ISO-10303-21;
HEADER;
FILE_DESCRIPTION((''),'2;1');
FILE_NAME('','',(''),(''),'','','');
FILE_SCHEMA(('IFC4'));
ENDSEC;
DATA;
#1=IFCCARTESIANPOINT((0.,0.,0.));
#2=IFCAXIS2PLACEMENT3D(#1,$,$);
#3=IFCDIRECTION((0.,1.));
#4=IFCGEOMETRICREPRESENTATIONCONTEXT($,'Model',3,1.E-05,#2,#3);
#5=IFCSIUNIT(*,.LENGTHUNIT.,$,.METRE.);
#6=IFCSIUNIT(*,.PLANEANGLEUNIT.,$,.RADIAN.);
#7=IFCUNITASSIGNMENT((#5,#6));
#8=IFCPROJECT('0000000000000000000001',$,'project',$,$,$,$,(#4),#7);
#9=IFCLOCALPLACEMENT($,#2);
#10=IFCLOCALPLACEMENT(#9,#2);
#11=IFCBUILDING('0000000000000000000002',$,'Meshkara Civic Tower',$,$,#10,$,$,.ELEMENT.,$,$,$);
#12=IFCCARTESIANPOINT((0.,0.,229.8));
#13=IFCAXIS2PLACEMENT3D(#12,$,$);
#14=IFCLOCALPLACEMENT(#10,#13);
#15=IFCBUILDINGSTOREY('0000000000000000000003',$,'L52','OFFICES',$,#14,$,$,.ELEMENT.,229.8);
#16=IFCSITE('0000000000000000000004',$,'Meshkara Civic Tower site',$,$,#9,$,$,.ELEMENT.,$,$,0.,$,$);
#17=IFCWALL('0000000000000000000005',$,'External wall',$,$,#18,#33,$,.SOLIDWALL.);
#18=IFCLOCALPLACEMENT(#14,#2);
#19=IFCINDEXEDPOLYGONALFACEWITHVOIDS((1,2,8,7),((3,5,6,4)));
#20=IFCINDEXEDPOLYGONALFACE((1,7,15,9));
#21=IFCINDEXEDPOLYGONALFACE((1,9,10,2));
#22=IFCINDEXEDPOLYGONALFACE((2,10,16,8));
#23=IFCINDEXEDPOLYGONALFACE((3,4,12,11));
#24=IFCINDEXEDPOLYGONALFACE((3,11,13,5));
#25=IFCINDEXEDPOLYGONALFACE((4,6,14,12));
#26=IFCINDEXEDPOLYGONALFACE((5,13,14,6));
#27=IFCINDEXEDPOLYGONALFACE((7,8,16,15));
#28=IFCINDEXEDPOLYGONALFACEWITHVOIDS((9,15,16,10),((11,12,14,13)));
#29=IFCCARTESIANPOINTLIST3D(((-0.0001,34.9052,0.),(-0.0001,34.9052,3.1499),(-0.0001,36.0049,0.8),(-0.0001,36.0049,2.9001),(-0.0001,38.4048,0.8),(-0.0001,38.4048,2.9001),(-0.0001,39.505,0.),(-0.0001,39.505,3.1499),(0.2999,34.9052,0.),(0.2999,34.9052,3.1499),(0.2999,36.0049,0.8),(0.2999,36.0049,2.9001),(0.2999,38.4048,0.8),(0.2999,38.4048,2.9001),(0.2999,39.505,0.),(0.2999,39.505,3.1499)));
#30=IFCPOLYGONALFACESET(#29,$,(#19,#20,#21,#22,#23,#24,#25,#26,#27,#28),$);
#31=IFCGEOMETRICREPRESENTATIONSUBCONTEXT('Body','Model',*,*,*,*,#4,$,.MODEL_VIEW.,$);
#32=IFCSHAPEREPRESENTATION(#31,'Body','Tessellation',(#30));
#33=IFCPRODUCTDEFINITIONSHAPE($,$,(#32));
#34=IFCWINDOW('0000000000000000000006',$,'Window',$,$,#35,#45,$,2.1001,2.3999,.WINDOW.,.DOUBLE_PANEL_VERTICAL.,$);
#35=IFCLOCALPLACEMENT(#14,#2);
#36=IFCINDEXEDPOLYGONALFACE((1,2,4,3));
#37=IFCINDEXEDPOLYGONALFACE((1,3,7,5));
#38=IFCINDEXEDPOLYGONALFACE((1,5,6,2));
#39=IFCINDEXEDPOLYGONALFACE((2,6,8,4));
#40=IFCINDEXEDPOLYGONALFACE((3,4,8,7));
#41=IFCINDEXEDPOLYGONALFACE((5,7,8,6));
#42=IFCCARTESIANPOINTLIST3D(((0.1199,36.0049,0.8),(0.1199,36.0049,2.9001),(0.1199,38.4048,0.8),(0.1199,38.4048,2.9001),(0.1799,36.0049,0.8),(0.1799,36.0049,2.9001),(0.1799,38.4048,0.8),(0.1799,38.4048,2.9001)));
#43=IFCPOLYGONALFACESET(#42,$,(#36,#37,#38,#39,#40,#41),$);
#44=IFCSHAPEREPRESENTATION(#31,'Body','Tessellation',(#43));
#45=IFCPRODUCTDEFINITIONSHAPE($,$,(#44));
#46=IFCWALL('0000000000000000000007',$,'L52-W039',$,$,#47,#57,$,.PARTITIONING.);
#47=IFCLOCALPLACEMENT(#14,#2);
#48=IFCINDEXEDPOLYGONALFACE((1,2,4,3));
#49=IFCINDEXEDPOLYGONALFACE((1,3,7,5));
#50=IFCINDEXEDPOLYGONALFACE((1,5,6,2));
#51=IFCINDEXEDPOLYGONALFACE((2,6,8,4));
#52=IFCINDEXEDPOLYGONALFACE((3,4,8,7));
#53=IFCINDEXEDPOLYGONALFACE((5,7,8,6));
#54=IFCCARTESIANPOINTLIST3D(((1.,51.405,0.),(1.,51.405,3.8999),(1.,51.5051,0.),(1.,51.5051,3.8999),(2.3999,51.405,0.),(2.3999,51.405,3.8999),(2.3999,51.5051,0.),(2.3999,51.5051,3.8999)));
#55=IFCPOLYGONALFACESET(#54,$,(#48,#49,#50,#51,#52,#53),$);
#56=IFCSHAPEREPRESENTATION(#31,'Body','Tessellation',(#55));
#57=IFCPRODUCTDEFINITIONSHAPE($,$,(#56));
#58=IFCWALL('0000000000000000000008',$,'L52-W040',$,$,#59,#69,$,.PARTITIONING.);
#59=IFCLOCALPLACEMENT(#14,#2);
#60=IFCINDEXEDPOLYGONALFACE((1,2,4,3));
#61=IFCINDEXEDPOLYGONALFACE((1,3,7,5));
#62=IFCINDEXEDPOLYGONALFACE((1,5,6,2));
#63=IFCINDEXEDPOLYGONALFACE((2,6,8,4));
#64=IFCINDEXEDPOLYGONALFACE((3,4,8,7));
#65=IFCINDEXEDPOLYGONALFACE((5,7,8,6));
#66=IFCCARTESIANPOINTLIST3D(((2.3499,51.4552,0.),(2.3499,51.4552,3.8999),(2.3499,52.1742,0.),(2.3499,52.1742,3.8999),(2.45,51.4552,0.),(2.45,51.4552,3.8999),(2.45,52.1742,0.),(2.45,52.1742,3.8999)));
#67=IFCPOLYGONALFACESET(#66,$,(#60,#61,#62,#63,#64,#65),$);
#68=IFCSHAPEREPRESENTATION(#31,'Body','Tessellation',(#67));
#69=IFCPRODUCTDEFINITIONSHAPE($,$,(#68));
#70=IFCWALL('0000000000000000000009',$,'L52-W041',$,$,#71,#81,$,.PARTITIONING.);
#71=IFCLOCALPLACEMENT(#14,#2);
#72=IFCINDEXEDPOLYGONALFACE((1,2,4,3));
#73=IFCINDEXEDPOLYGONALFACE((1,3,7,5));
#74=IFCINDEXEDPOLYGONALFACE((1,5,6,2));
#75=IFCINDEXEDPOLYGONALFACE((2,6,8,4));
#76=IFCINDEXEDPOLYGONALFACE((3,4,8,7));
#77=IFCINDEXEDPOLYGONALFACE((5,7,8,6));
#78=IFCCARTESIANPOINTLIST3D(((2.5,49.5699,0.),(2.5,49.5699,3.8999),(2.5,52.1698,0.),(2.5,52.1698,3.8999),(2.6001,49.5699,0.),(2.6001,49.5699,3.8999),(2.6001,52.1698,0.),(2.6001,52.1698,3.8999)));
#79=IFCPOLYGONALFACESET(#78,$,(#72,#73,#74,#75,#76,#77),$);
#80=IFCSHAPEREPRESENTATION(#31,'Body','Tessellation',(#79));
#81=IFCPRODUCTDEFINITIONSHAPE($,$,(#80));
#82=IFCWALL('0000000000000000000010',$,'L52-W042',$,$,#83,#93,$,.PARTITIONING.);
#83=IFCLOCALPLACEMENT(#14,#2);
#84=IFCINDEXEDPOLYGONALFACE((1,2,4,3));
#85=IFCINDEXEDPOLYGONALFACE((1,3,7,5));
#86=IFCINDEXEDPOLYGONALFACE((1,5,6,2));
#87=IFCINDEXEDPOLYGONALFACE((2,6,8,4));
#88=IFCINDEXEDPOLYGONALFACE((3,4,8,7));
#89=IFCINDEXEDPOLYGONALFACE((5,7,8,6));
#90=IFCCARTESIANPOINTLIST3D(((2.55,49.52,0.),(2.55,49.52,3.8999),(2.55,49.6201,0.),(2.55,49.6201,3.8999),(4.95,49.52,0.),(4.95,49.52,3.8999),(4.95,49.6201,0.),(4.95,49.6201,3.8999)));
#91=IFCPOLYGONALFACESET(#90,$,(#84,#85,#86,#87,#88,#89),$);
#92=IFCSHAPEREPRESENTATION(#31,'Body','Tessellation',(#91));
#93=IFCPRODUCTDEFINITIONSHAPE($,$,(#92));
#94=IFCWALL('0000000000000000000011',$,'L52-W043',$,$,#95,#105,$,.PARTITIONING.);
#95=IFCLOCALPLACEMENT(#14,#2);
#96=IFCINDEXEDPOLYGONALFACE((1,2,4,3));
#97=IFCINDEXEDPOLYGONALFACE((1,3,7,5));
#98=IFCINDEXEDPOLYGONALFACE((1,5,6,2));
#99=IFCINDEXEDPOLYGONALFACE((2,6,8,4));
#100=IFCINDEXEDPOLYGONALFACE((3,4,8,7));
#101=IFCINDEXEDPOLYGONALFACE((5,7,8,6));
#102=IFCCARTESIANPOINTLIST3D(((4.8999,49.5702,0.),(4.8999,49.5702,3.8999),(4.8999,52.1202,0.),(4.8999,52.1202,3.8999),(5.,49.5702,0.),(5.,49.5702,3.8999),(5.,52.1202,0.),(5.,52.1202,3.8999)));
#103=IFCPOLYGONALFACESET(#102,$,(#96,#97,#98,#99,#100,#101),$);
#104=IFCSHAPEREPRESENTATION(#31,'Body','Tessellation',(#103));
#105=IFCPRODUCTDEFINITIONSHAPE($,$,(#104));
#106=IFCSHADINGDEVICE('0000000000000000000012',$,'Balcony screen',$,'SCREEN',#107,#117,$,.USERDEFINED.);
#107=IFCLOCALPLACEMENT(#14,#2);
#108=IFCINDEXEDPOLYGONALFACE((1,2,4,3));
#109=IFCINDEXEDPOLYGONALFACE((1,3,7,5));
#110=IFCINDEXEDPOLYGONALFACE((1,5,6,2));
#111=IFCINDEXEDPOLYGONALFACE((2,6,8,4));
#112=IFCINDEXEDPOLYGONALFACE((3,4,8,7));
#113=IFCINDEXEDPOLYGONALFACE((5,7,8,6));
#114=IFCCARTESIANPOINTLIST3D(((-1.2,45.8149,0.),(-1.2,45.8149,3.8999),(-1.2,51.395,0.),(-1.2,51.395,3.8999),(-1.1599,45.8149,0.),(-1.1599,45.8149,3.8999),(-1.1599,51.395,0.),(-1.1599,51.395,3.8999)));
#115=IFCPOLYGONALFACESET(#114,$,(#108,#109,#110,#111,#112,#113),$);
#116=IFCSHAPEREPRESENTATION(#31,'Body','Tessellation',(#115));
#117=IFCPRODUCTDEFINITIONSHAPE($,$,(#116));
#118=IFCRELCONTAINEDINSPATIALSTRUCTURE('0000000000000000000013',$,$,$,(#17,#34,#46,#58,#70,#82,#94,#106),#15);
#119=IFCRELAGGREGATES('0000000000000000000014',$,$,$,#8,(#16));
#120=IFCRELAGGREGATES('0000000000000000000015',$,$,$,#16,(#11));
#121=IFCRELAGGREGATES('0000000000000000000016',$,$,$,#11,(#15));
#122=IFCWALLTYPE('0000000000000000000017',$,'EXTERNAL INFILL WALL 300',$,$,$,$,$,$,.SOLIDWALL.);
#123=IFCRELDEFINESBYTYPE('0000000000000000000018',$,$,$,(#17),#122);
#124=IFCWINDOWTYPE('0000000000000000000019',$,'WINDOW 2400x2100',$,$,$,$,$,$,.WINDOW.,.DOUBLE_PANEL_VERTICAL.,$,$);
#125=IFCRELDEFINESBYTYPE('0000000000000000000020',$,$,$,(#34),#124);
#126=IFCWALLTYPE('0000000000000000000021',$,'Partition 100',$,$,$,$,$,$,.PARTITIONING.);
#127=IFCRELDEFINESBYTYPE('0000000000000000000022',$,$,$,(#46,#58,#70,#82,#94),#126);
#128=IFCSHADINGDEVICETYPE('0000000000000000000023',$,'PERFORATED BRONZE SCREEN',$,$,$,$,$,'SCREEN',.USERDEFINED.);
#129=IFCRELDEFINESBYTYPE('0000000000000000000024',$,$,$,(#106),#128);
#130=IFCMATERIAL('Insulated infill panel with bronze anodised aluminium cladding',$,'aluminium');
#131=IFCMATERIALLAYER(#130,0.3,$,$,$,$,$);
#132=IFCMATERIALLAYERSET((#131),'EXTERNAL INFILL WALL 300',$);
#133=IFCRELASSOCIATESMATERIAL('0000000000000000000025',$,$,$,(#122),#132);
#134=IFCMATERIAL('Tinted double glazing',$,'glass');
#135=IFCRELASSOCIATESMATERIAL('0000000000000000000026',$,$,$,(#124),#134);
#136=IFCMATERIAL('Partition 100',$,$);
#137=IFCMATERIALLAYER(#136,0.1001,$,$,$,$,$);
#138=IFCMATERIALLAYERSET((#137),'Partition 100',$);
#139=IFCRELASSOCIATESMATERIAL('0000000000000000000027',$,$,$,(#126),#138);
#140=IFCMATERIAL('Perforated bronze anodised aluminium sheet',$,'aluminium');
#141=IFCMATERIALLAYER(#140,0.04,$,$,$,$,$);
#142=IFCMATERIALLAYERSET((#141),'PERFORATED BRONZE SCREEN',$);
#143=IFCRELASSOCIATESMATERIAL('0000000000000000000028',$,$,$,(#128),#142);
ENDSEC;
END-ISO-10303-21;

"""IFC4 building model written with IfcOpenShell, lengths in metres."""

from ifc_helpers import new_model, si_unit, direction, frame, frame_2d, origin, origin_2d, place, context, subcontext, project, spatial, rectangle, extrude, material, layer, layer_set, type_object, element, fill, save


model = new_model("IFC4")

# Units and contexts
model_context = context("Model", 3, precision=1e-05, world=origin(), true_north=direction((0.0, 1.0)))
body_context = subcontext(model_context, "Body", "Model", "MODEL_VIEW")
ifc_project = project(units=[si_unit("LENGTHUNIT", "METRE"), si_unit("PLANEANGLEUNIT", "RADIAN")], contexts=[model_context])

# Site, building, storey
site_placement = place(None, origin())
site = spatial("IfcSite", under=ifc_project, at=site_placement, Name="Meshkara Civic Tower site", CompositionType="ELEMENT", RefElevation=0.0)
building_placement = place(site_placement, origin())
building = spatial("IfcBuilding", under=site, at=building_placement, Name="Meshkara Civic Tower", CompositionType="ELEMENT")
storey_placement = place(building_placement, frame((0.0, 0.0, 229.8)))
storey = spatial("IfcBuildingStorey", under=building, at=storey_placement, Name="L52", Description="OFFICES", CompositionType="ELEMENT", Elevation=229.8)

# Wall, opening, window
ifc_material_1 = material(Name="Insulated infill panel with bronze anodised aluminium cladding", Category="aluminium")
ifc_layer_1 = layer(ifc_material_1, 0.3)
ifc_layer_set_1 = layer_set([ifc_layer_1], Name="EXTERNAL INFILL WALL 300")
wall_type_1 = type_object("IfcWallType", Name="EXTERNAL INFILL WALL 300", PredefinedType="SOLIDWALL", material=ifc_layer_set_1)
ifc_material_2 = material(Name="Tinted double glazing", Category="glass")
window_type = type_object("IfcWindowType", Name="WINDOW 2400x2100", PartitioningType="DOUBLE_PANEL_VERTICAL", PredefinedType="WINDOW", material=ifc_material_2)
wall_1_placement = place(storey_placement, frame((0.1499, 39.5049, 0.0), z_axis=(0.0, 0.0, 1.0), x_axis=(0.0, -1.0, 0.0)))
wall_1 = element("IfcWall", 1, at=wall_1_placement, inside=storey, type_object=wall_type_1, Name="External wall", PredefinedType="SOLIDWALL", context=body_context, shape_type="SweptSolid", body=[
    extrude(rectangle(XDim=4.5999, YDim=0.3, at=frame_2d((2.2998, 0.0))), origin(), (0.0, 0.0, 1.0), 3.1499),
])
opening_1_placement = place(wall_1_placement, frame((1.1001, 0.0, 0.8)))
opening_1 = element("IfcOpeningElement", 2, at=opening_1_placement, cuts=wall_1, PredefinedType="OPENING", context=body_context, shape_type="SweptSolid", body=[
    extrude(rectangle(XDim=2.3999, YDim=2.1001, at=frame_2d((1.2, 1.05))), frame((0.0, 0.1599, 0.0), z_axis=(0.0, -1.0, 0.0), x_axis=(1.0, 0.0, 0.0)), (0.0, 0.0, 1.0), 0.3201),
])
window_1_placement = place(opening_1_placement, origin())
window_1 = element("IfcWindow", 3, at=window_1_placement, inside=storey, type_object=window_type, Name="Window", OverallHeight=2.1001, OverallWidth=2.3999, PartitioningType="DOUBLE_PANEL_VERTICAL", PredefinedType="WINDOW", context=body_context, shape_type="SweptSolid", body=[
    extrude(rectangle(XDim=2.3999, YDim=2.1001, at=frame_2d((1.2, 1.05))), frame((0.0, 0.03, 0.0), z_axis=(0.0, -1.0, 0.0), x_axis=(1.0, 0.0, 0.0)), (0.0, 0.0, 1.0), 0.0601),
])
fill(opening_1, window_1)

# Walls
ifc_material_3 = material(Name="Partition 100")
ifc_layer_2 = layer(ifc_material_3, 0.1001)
ifc_layer_set_2 = layer_set([ifc_layer_2], Name="Partition 100")
wall_type_2 = type_object("IfcWallType", Name="Partition 100", PredefinedType="PARTITIONING", material=ifc_layer_set_2)
wall_2_placement = place(storey_placement, frame((2.3999, 51.4551, 0.0), z_axis=(0.0, 0.0, 1.0), x_axis=(-1.0, 0.0, 0.0)))
element("IfcWall", 4, at=wall_2_placement, inside=storey, type_object=wall_type_2, Name="L52-W039", PredefinedType="PARTITIONING", context=body_context, shape_type="SweptSolid", body=[
    extrude(rectangle(XDim=1.3999, YDim=0.1001, at=frame_2d((0.7, 0.0))), origin(), (0.0, 0.0, 1.0), 3.8999),
])
wall_3_placement = place(storey_placement, frame((2.3999, 52.1741, 0.0), z_axis=(0.0, 0.0, 1.0), x_axis=(0.0, -1.0, 0.0)))
element("IfcWall", 5, at=wall_3_placement, inside=storey, type_object=wall_type_2, Name="L52-W040", PredefinedType="PARTITIONING", context=body_context, shape_type="SweptSolid", body=[
    extrude(rectangle(XDim=0.719, YDim=0.1001, at=frame_2d((0.3594, 0.0))), origin(), (0.0, 0.0, 1.0), 3.8999),
])
wall_4_placement = place(storey_placement, frame((2.55, 49.5701, 0.0), z_axis=(0.0, 0.0, 1.0), x_axis=(0.0, 1.0, 0.0)))
element("IfcWall", 6, at=wall_4_placement, inside=storey, type_object=wall_type_2, Name="L52-W041", PredefinedType="PARTITIONING", context=body_context, shape_type="SweptSolid", body=[
    extrude(rectangle(XDim=2.5999, YDim=0.1001, at=frame_2d((1.2998, 0.0))), origin(), (0.0, 0.0, 1.0), 3.8999),
])
wall_5_placement = place(storey_placement, frame((4.95, 49.5701, 0.0), z_axis=(0.0, 0.0, 1.0), x_axis=(-1.0, 0.0, 0.0)))
element("IfcWall", 7, at=wall_5_placement, inside=storey, type_object=wall_type_2, Name="L52-W042", PredefinedType="PARTITIONING", context=body_context, shape_type="SweptSolid", body=[
    extrude(rectangle(XDim=2.3999, YDim=0.1001, at=frame_2d((1.2, 0.0))), origin(), (0.0, 0.0, 1.0), 3.8999),
])
wall_6_placement = place(storey_placement, frame((4.95, 52.1201, 0.0), z_axis=(0.0, 0.0, 1.0), x_axis=(0.0, -1.0, 0.0)))
element("IfcWall", 8, at=wall_6_placement, inside=storey, type_object=wall_type_2, Name="L52-W043", PredefinedType="PARTITIONING", context=body_context, shape_type="SweptSolid", body=[
    extrude(rectangle(XDim=2.55, YDim=0.1001, at=frame_2d((1.2749, 0.0))), origin(), (0.0, 0.0, 1.0), 3.8999),
])

# Shading device
ifc_material_4 = material(Name="Perforated bronze anodised aluminium sheet", Category="aluminium")
ifc_layer_3 = layer(ifc_material_4, 0.04)
ifc_layer_set_3 = layer_set([ifc_layer_3], Name="PERFORATED BRONZE SCREEN")
shading_device_type = type_object("IfcShadingDeviceType", Name="PERFORATED BRONZE SCREEN", ElementType="SCREEN", PredefinedType="USERDEFINED", material=ifc_layer_set_3)
shading_device_placement = place(storey_placement, frame((-1.1799, 48.605, 0.0), z_axis=(0.0, 0.0, 1.0), x_axis=(0.0, -1.0, 0.0)))
element("IfcShadingDevice", 9, at=shading_device_placement, inside=storey, type_object=shading_device_type, Name="Balcony screen", ObjectType="SCREEN", PredefinedType="USERDEFINED", context=body_context, shape_type="SweptSolid", body=[
    extrude(rectangle(XDim=5.5801, YDim=0.04, at=origin_2d()), origin(), (0.0, 0.0, 1.0), 3.8999),
])

save(model, "model.ifc")
